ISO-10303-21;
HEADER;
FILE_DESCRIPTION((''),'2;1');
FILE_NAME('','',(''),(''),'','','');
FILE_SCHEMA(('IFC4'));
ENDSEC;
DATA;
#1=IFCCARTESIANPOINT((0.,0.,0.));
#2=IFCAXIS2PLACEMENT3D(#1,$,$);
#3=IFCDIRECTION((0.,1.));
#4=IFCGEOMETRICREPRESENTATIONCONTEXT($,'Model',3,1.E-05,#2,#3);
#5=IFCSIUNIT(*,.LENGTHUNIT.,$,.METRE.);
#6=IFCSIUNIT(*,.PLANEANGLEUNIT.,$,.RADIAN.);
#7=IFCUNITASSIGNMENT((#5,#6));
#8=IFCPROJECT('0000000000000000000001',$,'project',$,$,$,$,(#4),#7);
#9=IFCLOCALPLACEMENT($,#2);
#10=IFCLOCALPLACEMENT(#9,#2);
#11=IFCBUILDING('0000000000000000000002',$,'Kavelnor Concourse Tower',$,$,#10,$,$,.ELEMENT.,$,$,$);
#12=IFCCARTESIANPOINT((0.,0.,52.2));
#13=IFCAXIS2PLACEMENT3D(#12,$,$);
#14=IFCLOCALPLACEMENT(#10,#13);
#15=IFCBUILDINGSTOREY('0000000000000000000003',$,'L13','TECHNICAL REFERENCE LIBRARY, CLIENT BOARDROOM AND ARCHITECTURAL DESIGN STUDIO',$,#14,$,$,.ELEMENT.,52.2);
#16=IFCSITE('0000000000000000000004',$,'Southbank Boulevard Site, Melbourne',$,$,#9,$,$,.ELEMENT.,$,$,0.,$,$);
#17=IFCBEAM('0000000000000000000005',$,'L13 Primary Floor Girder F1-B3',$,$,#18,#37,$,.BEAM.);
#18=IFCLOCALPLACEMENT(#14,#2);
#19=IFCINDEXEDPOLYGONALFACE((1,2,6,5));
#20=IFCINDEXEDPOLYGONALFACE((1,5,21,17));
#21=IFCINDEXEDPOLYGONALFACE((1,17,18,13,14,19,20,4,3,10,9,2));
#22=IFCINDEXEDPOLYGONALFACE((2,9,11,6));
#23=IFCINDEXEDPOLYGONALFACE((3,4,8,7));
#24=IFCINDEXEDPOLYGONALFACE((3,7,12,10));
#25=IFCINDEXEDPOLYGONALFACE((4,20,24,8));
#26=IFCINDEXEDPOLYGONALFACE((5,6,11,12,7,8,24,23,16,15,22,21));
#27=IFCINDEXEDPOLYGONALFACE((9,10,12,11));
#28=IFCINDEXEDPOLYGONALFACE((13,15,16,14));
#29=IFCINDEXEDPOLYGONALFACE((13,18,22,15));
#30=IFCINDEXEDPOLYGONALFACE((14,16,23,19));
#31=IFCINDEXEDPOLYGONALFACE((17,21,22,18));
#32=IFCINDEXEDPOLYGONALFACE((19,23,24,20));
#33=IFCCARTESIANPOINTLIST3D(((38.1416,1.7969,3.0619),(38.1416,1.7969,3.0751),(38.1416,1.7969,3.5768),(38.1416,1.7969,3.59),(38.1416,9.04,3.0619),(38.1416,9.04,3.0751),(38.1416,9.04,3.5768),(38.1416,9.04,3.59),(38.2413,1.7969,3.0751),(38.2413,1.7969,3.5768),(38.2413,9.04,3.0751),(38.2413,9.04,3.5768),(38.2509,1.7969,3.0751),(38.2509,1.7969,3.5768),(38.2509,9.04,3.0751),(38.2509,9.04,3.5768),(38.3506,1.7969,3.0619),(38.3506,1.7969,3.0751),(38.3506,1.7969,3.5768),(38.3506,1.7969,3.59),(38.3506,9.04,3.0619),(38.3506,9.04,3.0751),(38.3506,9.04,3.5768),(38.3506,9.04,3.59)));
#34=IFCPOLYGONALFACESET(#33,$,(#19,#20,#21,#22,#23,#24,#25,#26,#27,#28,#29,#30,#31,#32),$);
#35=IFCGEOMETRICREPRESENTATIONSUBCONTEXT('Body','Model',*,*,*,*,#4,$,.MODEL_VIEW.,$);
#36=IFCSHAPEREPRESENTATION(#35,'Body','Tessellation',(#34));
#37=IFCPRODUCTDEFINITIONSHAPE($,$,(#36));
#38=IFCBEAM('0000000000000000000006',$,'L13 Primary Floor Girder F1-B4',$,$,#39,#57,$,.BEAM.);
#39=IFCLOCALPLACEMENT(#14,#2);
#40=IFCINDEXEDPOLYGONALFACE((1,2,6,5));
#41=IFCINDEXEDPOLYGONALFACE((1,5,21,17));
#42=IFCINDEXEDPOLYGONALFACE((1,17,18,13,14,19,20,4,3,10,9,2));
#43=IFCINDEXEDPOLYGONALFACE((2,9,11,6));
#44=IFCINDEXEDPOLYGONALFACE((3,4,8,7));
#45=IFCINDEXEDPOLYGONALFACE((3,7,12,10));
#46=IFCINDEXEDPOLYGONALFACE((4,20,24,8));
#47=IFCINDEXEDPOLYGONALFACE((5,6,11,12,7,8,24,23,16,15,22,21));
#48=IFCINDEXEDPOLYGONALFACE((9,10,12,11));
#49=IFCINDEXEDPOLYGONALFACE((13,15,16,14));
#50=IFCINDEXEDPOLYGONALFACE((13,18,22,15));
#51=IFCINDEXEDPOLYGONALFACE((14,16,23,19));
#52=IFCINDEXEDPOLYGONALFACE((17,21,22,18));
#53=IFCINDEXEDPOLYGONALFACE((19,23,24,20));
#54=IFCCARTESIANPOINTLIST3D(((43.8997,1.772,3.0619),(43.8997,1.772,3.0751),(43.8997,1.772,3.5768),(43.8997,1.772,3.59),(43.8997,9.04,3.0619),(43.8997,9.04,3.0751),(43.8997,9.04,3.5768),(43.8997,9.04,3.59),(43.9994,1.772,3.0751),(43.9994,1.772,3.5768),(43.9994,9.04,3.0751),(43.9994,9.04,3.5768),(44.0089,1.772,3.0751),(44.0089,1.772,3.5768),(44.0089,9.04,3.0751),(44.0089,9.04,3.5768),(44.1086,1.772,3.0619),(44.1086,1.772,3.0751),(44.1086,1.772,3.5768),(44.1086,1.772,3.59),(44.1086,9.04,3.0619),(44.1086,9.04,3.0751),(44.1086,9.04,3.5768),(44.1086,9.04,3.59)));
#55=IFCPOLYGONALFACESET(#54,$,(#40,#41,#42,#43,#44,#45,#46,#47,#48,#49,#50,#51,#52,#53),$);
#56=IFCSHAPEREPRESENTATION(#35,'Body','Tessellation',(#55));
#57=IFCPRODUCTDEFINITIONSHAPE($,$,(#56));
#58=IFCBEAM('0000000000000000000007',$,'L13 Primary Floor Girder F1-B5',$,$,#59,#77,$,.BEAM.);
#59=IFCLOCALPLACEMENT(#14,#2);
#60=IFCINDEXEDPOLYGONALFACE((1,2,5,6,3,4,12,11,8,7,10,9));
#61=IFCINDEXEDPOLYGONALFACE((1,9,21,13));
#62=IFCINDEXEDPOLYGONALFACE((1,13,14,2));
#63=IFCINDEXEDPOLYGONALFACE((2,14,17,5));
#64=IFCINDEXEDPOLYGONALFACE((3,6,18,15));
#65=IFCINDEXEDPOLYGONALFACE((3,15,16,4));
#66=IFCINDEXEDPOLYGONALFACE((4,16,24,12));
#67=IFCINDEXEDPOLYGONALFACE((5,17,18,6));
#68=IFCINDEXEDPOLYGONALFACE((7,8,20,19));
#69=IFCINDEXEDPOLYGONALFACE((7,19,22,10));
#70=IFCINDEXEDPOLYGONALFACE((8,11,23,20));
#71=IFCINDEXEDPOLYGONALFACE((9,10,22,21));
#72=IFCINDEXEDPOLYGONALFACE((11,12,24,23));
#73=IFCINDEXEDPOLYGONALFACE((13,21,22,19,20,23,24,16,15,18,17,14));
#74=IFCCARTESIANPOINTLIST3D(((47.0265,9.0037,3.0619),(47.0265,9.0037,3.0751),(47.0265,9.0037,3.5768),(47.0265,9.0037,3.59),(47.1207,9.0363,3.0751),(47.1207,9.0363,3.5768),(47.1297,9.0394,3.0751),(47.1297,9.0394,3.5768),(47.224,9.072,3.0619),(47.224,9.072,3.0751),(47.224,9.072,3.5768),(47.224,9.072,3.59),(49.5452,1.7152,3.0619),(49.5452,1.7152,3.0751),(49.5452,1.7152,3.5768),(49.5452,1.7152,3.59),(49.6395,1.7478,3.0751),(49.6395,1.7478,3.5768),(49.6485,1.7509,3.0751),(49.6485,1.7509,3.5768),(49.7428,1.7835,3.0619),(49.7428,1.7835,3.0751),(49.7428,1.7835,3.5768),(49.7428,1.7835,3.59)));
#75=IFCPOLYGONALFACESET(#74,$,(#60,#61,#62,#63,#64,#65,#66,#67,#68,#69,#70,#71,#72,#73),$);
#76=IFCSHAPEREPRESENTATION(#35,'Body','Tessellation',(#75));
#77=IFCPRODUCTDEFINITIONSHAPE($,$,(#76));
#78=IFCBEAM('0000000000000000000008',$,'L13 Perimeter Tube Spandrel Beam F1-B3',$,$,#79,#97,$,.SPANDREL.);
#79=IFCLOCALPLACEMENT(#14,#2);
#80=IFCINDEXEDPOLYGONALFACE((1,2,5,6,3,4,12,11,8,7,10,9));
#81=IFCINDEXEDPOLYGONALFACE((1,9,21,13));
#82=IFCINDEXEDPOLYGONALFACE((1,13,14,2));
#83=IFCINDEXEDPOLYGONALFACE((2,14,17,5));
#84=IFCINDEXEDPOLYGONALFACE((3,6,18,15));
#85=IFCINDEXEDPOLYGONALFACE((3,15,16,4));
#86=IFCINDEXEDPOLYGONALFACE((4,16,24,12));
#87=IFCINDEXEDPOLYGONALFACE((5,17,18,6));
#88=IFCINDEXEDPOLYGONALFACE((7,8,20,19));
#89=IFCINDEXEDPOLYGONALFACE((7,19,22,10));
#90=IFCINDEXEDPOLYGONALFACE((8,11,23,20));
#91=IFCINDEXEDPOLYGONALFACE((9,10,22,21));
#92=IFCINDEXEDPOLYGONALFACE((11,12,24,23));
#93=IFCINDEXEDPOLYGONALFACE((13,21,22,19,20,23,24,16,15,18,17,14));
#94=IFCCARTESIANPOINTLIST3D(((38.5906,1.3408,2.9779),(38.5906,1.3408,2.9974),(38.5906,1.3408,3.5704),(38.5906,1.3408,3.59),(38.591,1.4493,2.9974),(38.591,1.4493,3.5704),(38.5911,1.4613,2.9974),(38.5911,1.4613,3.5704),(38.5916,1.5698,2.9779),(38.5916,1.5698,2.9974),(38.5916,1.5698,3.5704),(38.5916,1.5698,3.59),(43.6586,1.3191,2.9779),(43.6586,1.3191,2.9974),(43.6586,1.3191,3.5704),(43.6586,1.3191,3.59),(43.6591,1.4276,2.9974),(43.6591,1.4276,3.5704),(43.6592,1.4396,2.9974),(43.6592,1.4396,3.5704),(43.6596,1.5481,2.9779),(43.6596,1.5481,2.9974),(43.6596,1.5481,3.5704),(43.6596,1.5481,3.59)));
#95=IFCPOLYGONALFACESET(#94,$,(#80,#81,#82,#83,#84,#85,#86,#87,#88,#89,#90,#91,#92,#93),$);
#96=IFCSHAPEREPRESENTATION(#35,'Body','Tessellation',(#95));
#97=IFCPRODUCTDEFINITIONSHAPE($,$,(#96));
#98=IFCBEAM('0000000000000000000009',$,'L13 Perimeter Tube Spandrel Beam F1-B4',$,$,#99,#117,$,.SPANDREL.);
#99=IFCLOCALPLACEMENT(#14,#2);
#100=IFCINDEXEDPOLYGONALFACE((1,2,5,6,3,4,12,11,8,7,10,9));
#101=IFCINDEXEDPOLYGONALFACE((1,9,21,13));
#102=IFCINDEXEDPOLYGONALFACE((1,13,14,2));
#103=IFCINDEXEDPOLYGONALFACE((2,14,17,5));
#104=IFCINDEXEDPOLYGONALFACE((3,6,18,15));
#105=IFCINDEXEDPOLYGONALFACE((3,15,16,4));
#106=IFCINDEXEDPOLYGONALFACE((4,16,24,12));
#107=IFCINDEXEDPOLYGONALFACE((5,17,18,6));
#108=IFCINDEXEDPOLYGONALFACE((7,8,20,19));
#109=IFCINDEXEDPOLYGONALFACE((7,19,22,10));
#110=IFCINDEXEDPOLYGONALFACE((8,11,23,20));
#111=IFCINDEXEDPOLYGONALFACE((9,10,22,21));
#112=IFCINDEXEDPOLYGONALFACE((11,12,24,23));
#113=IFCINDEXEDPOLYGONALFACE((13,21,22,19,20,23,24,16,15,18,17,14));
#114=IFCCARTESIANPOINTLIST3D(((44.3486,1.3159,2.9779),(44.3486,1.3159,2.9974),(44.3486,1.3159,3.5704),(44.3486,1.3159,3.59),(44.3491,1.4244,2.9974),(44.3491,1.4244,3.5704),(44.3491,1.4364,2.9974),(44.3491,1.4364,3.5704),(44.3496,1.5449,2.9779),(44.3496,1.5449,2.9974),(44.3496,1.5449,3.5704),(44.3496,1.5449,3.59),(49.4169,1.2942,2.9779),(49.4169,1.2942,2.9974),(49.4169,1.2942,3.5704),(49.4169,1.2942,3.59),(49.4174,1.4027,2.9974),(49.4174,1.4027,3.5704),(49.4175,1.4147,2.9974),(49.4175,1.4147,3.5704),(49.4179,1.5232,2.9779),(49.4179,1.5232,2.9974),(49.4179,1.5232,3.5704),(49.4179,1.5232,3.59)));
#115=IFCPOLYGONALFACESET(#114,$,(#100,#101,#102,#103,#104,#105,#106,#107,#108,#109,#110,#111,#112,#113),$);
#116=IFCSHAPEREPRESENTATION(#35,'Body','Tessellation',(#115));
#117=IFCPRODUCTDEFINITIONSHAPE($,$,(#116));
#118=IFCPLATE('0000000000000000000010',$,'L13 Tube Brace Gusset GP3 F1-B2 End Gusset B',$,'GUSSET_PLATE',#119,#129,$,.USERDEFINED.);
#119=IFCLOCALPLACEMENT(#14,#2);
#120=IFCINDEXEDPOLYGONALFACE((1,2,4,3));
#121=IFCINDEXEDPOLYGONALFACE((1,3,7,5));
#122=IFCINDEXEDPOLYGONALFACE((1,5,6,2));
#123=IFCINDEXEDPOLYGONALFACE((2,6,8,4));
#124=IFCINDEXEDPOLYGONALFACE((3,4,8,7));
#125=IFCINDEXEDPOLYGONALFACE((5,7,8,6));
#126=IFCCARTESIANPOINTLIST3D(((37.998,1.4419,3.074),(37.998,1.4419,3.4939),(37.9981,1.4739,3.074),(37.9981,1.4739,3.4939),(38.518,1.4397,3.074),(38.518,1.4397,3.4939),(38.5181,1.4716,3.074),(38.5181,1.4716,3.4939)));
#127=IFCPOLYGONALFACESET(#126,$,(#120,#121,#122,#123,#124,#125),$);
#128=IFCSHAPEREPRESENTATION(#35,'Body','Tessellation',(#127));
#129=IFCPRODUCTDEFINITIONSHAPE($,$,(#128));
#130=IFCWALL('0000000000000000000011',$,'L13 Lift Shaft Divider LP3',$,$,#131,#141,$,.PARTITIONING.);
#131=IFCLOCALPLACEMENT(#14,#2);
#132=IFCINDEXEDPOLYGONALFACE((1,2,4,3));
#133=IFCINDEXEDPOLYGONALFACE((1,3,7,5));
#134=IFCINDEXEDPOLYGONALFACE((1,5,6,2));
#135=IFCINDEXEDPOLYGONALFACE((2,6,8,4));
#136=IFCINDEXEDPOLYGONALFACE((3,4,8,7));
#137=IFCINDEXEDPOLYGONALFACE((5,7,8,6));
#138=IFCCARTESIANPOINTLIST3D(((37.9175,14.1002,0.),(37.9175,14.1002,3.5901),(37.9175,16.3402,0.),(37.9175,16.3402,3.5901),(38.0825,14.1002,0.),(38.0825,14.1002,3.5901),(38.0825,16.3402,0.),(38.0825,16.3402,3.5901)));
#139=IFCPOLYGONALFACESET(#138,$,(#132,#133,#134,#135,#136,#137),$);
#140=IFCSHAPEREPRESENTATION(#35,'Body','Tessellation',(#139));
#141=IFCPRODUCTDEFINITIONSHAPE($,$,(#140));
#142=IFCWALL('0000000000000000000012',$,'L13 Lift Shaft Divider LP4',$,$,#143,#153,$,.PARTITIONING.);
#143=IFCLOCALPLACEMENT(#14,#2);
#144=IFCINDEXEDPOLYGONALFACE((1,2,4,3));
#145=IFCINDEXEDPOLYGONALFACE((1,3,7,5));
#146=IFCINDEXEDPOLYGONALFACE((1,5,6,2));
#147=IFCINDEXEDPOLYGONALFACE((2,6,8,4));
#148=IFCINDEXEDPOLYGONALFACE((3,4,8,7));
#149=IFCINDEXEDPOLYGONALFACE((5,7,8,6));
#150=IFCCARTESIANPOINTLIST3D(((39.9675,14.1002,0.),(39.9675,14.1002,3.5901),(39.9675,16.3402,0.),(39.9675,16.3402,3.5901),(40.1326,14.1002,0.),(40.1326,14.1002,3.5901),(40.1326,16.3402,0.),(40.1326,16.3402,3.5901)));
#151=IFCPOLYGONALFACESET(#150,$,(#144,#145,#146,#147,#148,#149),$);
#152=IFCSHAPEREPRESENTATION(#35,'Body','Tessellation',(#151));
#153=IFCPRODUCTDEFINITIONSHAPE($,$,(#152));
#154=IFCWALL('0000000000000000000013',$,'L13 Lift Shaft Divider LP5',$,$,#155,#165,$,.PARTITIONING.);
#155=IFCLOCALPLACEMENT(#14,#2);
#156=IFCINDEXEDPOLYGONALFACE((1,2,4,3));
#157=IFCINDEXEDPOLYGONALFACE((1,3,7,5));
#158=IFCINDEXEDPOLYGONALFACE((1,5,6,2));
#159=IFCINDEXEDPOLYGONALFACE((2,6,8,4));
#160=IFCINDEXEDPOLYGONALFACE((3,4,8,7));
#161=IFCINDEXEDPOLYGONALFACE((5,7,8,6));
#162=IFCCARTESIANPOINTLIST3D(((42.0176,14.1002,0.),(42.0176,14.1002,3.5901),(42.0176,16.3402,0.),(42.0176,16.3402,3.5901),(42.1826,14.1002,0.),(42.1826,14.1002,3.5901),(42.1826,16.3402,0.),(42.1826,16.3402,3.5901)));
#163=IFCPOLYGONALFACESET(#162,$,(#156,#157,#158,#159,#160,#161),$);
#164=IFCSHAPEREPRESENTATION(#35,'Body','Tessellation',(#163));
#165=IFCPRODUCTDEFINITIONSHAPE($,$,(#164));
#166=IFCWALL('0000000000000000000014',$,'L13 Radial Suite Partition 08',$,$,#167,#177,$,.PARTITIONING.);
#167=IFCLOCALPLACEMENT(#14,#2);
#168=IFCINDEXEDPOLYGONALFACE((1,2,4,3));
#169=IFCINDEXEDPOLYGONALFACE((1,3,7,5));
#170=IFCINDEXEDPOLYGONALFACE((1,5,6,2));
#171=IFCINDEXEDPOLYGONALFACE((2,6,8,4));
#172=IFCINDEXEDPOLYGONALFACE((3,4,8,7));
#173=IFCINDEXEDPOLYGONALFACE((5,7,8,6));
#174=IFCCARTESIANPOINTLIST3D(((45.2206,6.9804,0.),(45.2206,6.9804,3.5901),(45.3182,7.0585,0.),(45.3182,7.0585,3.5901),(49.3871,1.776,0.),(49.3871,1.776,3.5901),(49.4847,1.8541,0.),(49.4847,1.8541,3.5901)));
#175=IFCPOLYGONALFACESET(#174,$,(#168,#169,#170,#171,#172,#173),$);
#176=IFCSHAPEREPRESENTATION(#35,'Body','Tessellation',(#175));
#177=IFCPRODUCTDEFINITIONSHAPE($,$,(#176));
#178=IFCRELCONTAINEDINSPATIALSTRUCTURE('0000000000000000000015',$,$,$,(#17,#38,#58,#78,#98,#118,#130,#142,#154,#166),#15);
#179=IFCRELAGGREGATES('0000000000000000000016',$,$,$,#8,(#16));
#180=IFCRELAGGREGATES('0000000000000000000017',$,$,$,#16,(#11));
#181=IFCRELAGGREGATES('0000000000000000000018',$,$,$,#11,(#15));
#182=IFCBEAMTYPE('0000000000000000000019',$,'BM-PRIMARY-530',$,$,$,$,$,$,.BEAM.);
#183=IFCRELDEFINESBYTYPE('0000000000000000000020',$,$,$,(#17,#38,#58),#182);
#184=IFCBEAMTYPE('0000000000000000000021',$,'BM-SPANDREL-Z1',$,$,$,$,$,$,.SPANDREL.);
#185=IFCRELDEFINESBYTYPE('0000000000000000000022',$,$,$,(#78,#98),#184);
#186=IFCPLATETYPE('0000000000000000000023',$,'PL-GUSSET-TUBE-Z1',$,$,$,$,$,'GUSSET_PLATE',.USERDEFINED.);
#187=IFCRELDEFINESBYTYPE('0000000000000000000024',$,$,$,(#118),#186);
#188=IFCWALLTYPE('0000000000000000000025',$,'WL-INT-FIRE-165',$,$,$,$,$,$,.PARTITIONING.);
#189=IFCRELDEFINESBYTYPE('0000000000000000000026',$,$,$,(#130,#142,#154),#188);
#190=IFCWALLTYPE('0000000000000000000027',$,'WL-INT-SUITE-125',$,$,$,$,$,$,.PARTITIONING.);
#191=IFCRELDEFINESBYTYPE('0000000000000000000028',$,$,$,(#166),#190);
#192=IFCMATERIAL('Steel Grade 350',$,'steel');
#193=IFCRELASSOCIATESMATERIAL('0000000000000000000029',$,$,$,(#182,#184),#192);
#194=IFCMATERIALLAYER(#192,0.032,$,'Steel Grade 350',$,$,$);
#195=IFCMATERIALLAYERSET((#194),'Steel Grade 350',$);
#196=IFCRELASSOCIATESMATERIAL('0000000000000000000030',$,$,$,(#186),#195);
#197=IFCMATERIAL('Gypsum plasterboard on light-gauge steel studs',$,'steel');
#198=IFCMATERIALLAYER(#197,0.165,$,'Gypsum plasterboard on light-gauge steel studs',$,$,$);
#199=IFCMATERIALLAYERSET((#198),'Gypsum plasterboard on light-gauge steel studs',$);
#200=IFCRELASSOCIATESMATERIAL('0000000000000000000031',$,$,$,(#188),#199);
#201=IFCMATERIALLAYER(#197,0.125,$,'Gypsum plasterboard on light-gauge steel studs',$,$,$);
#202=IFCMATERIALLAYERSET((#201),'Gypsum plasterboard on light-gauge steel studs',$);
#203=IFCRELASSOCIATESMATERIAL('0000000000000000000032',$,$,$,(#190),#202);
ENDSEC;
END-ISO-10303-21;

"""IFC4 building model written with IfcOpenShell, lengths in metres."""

from ifc_helpers import new_model, si_unit, direction, frame, frame_2d, origin, origin_2d, place, context, subcontext, project, spatial, rectangle, i_section, extrude, material, layer, layer_set, material_profile, profile_set, type_object, element, save


model = new_model("IFC4")

# Units and contexts
model_context = context("Model", 3, precision=1e-05, world=origin(), true_north=direction((0.0, 1.0)))
body_context = subcontext(model_context, "Body", "Model", "MODEL_VIEW")
ifc_project = project(units=[si_unit("LENGTHUNIT", "METRE"), si_unit("PLANEANGLEUNIT", "RADIAN")], contexts=[model_context])

# Site, building, storey
site_placement = place(None, origin())
site = spatial("IfcSite", under=ifc_project, at=site_placement, Name="Southbank Boulevard Site, Melbourne", CompositionType="ELEMENT", RefElevation=0.0)
building_placement = place(site_placement, origin())
building = spatial("IfcBuilding", under=site, at=building_placement, Name="Kavelnor Concourse Tower", CompositionType="ELEMENT")
storey_placement = place(building_placement, frame((0.0, 0.0, 52.2)))
storey = spatial("IfcBuildingStorey", under=building, at=storey_placement, Name="L13", Description="TECHNICAL REFERENCE LIBRARY, CLIENT BOARDROOM AND ARCHITECTURAL DESIGN STUDIO", CompositionType="ELEMENT", Elevation=52.2)

# Shared definitions
ifc_material_1 = material(Name="Steel Grade 350", Category="steel")

# Beams
ifc_material_profile_1 = material_profile(ifc_material_1, i_section(OverallWidth=0.209, OverallDepth=0.5281, WebThickness=0.0095, FlangeThickness=0.0132, at=origin_2d()), Name="530UB82")
ifc_profile_set_1 = profile_set([ifc_material_profile_1], Name="Steel Grade 350")
beam_type_1 = type_object("IfcBeamType", Name="BM-PRIMARY-530", PredefinedType="BEAM", material=ifc_profile_set_1)
beam_1_placement = place(storey_placement, frame((38.2461, 9.04, 3.3259), z_axis=(0.0, -1.0, 0.0), x_axis=(1.0, 0.0, 0.0)))
element("IfcBeam", 1, at=beam_1_placement, inside=storey, type_object=beam_type_1, Name="L13 Primary Floor Girder F1-B3", PredefinedType="BEAM", context=body_context, shape_type="SweptSolid", body=[
    extrude(i_section(OverallWidth=0.209, OverallDepth=0.5281, WebThickness=0.0095, FlangeThickness=0.0132, at=origin_2d()), origin(), (0.0, 0.0, 1.0), 7.2432),
])
beam_2_placement = place(storey_placement, frame((44.0042, 9.04, 3.3259), z_axis=(0.0, -1.0, 0.0), x_axis=(1.0, 0.0, 0.0)))
element("IfcBeam", 2, at=beam_2_placement, inside=storey, type_object=beam_type_1, Name="L13 Primary Floor Girder F1-B4", PredefinedType="BEAM", context=body_context, shape_type="SweptSolid", body=[
    extrude(i_section(OverallWidth=0.209, OverallDepth=0.5281, WebThickness=0.0095, FlangeThickness=0.0132, at=origin_2d()), origin(), (0.0, 0.0, 1.0), 7.2681),
])
beam_3_placement = place(storey_placement, frame((47.1252, 9.0378, 3.3259), z_axis=(0.326628, -0.945153, 0.0), x_axis=(0.945153, 0.326628, 0.0)))
element("IfcBeam", 3, at=beam_3_placement, inside=storey, type_object=beam_type_1, Name="L13 Primary Floor Girder F1-B5", PredefinedType="BEAM", context=body_context, shape_type="SweptSolid", body=[
    extrude(i_section(OverallWidth=0.209, OverallDepth=0.5281, WebThickness=0.0095, FlangeThickness=0.0132, at=origin_2d()), origin(), (0.0, 0.0, 1.0), 7.7114),
])
ifc_material_profile_2 = material_profile(ifc_material_1, i_section(OverallWidth=0.229, OverallDepth=0.6121, WebThickness=0.012, FlangeThickness=0.0195, at=origin_2d()), Name="610UB125")
ifc_profile_set_2 = profile_set([ifc_material_profile_2], Name="Steel Grade 350")
beam_type_2 = type_object("IfcBeamType", Name="BM-SPANDREL-Z1", PredefinedType="SPANDREL", material=ifc_profile_set_2)
beam_4_placement = place(storey_placement, frame((38.5911, 1.4553, 3.2839), z_axis=(0.999991, -0.004287, 0.0), x_axis=(0.004287, 0.999991, 0.0)))
element("IfcBeam", 4, at=beam_4_placement, inside=storey, type_object=beam_type_2, Name="L13 Perimeter Tube Spandrel Beam F1-B3", PredefinedType="SPANDREL", context=body_context, shape_type="SweptSolid", body=[
    extrude(i_section(OverallWidth=0.229, OverallDepth=0.6121, WebThickness=0.012, FlangeThickness=0.0195, at=origin_2d()), origin(), (0.0, 0.0, 1.0), 5.0681),
])
beam_5_placement = place(storey_placement, frame((44.3491, 1.4304, 3.2839), z_axis=(0.999991, -0.004287, 0.0), x_axis=(0.004287, 0.999991, 0.0)))
element("IfcBeam", 5, at=beam_5_placement, inside=storey, type_object=beam_type_2, Name="L13 Perimeter Tube Spandrel Beam F1-B4", PredefinedType="SPANDREL", context=body_context, shape_type="SweptSolid", body=[
    extrude(i_section(OverallWidth=0.229, OverallDepth=0.6121, WebThickness=0.012, FlangeThickness=0.0195, at=origin_2d()), origin(), (0.0, 0.0, 1.0), 5.0684),
])

# Plate
ifc_layer_1 = layer(ifc_material_1, 0.032, Name="Steel Grade 350")
ifc_layer_set_1 = layer_set([ifc_layer_1], Name="Steel Grade 350")
plate_type = type_object("IfcPlateType", Name="PL-GUSSET-TUBE-Z1", ElementType="GUSSET_PLATE", PredefinedType="USERDEFINED", material=ifc_layer_set_1)
plate_placement = place(storey_placement, frame((38.2581, 1.4568, 3.074), z_axis=(0.0, 0.0, 1.0), x_axis=(0.99999, -0.004363, 0.0)))
element("IfcPlate", 6, at=plate_placement, inside=storey, type_object=plate_type, Name="L13 Tube Brace Gusset GP3 F1-B2 End Gusset B", ObjectType="GUSSET_PLATE", PredefinedType="USERDEFINED", context=body_context, shape_type="SweptSolid", body=[
    extrude(rectangle(XDim=0.52, YDim=0.032, at=origin_2d()), origin(), (0.0, 0.0, 1.0), 0.4199),
])

# Walls
ifc_material_2 = material(Name="Gypsum plasterboard on light-gauge steel studs", Category="steel")
ifc_layer_2 = layer(ifc_material_2, 0.165, Name="Gypsum plasterboard on light-gauge steel studs")
ifc_layer_set_2 = layer_set([ifc_layer_2], Name="Gypsum plasterboard on light-gauge steel studs")
wall_type_1 = type_object("IfcWallType", Name="WL-INT-FIRE-165", PredefinedType="PARTITIONING", material=ifc_layer_set_2)
for number, where, z_axis, x_axis, name in (
    (7, (38.0, 14.1001, 0.0), (0.0, 0.0, 1.0), (0.0, 1.0, 0.0), "L13 Lift Shaft Divider LP3"),
    (8, (40.05, 14.1001, 0.0), (0.0, 0.0, 1.0), (0.0, 1.0, 0.0), "L13 Lift Shaft Divider LP4"),
    (9, (42.1001, 14.1001, 0.0), (0.0, 0.0, 1.0), (0.0, 1.0, 0.0), "L13 Lift Shaft Divider LP5"),
):
    element("IfcWall", number, at=place(storey_placement, frame(where, z_axis=z_axis, x_axis=x_axis)), inside=storey, type_object=wall_type_1, Name=name, PredefinedType="PARTITIONING", context=body_context, shape_type="SweptSolid", body=[
        extrude(rectangle(XDim=2.24, YDim=0.165, at=frame_2d((1.1201, 0.0))), origin(), (0.0, 0.0, 1.0), 3.5901),
    ])
ifc_layer_3 = layer(ifc_material_2, 0.125, Name="Gypsum plasterboard on light-gauge steel studs")
ifc_layer_set_3 = layer_set([ifc_layer_3], Name="Gypsum plasterboard on light-gauge steel studs")
wall_type_2 = type_object("IfcWallType", Name="WL-INT-SUITE-125", PredefinedType="PARTITIONING", material=ifc_layer_set_3)
wall_1_placement = place(storey_placement, frame((45.2693, 7.0195, 0.0), z_axis=(0.0, 0.0, 1.0), x_axis=(0.624972, -0.780647, 0.0)))
element("IfcWall", 10, at=wall_1_placement, inside=storey, type_object=wall_type_2, Name="L13 Radial Suite Partition 08", PredefinedType="PARTITIONING", context=body_context, shape_type="SweptSolid", body=[
    extrude(rectangle(XDim=6.6667, YDim=0.125, at=frame_2d((3.3335, 0.0))), origin(), (0.0, 0.0, 1.0), 3.5901),
])

save(model, "model.ifc")
